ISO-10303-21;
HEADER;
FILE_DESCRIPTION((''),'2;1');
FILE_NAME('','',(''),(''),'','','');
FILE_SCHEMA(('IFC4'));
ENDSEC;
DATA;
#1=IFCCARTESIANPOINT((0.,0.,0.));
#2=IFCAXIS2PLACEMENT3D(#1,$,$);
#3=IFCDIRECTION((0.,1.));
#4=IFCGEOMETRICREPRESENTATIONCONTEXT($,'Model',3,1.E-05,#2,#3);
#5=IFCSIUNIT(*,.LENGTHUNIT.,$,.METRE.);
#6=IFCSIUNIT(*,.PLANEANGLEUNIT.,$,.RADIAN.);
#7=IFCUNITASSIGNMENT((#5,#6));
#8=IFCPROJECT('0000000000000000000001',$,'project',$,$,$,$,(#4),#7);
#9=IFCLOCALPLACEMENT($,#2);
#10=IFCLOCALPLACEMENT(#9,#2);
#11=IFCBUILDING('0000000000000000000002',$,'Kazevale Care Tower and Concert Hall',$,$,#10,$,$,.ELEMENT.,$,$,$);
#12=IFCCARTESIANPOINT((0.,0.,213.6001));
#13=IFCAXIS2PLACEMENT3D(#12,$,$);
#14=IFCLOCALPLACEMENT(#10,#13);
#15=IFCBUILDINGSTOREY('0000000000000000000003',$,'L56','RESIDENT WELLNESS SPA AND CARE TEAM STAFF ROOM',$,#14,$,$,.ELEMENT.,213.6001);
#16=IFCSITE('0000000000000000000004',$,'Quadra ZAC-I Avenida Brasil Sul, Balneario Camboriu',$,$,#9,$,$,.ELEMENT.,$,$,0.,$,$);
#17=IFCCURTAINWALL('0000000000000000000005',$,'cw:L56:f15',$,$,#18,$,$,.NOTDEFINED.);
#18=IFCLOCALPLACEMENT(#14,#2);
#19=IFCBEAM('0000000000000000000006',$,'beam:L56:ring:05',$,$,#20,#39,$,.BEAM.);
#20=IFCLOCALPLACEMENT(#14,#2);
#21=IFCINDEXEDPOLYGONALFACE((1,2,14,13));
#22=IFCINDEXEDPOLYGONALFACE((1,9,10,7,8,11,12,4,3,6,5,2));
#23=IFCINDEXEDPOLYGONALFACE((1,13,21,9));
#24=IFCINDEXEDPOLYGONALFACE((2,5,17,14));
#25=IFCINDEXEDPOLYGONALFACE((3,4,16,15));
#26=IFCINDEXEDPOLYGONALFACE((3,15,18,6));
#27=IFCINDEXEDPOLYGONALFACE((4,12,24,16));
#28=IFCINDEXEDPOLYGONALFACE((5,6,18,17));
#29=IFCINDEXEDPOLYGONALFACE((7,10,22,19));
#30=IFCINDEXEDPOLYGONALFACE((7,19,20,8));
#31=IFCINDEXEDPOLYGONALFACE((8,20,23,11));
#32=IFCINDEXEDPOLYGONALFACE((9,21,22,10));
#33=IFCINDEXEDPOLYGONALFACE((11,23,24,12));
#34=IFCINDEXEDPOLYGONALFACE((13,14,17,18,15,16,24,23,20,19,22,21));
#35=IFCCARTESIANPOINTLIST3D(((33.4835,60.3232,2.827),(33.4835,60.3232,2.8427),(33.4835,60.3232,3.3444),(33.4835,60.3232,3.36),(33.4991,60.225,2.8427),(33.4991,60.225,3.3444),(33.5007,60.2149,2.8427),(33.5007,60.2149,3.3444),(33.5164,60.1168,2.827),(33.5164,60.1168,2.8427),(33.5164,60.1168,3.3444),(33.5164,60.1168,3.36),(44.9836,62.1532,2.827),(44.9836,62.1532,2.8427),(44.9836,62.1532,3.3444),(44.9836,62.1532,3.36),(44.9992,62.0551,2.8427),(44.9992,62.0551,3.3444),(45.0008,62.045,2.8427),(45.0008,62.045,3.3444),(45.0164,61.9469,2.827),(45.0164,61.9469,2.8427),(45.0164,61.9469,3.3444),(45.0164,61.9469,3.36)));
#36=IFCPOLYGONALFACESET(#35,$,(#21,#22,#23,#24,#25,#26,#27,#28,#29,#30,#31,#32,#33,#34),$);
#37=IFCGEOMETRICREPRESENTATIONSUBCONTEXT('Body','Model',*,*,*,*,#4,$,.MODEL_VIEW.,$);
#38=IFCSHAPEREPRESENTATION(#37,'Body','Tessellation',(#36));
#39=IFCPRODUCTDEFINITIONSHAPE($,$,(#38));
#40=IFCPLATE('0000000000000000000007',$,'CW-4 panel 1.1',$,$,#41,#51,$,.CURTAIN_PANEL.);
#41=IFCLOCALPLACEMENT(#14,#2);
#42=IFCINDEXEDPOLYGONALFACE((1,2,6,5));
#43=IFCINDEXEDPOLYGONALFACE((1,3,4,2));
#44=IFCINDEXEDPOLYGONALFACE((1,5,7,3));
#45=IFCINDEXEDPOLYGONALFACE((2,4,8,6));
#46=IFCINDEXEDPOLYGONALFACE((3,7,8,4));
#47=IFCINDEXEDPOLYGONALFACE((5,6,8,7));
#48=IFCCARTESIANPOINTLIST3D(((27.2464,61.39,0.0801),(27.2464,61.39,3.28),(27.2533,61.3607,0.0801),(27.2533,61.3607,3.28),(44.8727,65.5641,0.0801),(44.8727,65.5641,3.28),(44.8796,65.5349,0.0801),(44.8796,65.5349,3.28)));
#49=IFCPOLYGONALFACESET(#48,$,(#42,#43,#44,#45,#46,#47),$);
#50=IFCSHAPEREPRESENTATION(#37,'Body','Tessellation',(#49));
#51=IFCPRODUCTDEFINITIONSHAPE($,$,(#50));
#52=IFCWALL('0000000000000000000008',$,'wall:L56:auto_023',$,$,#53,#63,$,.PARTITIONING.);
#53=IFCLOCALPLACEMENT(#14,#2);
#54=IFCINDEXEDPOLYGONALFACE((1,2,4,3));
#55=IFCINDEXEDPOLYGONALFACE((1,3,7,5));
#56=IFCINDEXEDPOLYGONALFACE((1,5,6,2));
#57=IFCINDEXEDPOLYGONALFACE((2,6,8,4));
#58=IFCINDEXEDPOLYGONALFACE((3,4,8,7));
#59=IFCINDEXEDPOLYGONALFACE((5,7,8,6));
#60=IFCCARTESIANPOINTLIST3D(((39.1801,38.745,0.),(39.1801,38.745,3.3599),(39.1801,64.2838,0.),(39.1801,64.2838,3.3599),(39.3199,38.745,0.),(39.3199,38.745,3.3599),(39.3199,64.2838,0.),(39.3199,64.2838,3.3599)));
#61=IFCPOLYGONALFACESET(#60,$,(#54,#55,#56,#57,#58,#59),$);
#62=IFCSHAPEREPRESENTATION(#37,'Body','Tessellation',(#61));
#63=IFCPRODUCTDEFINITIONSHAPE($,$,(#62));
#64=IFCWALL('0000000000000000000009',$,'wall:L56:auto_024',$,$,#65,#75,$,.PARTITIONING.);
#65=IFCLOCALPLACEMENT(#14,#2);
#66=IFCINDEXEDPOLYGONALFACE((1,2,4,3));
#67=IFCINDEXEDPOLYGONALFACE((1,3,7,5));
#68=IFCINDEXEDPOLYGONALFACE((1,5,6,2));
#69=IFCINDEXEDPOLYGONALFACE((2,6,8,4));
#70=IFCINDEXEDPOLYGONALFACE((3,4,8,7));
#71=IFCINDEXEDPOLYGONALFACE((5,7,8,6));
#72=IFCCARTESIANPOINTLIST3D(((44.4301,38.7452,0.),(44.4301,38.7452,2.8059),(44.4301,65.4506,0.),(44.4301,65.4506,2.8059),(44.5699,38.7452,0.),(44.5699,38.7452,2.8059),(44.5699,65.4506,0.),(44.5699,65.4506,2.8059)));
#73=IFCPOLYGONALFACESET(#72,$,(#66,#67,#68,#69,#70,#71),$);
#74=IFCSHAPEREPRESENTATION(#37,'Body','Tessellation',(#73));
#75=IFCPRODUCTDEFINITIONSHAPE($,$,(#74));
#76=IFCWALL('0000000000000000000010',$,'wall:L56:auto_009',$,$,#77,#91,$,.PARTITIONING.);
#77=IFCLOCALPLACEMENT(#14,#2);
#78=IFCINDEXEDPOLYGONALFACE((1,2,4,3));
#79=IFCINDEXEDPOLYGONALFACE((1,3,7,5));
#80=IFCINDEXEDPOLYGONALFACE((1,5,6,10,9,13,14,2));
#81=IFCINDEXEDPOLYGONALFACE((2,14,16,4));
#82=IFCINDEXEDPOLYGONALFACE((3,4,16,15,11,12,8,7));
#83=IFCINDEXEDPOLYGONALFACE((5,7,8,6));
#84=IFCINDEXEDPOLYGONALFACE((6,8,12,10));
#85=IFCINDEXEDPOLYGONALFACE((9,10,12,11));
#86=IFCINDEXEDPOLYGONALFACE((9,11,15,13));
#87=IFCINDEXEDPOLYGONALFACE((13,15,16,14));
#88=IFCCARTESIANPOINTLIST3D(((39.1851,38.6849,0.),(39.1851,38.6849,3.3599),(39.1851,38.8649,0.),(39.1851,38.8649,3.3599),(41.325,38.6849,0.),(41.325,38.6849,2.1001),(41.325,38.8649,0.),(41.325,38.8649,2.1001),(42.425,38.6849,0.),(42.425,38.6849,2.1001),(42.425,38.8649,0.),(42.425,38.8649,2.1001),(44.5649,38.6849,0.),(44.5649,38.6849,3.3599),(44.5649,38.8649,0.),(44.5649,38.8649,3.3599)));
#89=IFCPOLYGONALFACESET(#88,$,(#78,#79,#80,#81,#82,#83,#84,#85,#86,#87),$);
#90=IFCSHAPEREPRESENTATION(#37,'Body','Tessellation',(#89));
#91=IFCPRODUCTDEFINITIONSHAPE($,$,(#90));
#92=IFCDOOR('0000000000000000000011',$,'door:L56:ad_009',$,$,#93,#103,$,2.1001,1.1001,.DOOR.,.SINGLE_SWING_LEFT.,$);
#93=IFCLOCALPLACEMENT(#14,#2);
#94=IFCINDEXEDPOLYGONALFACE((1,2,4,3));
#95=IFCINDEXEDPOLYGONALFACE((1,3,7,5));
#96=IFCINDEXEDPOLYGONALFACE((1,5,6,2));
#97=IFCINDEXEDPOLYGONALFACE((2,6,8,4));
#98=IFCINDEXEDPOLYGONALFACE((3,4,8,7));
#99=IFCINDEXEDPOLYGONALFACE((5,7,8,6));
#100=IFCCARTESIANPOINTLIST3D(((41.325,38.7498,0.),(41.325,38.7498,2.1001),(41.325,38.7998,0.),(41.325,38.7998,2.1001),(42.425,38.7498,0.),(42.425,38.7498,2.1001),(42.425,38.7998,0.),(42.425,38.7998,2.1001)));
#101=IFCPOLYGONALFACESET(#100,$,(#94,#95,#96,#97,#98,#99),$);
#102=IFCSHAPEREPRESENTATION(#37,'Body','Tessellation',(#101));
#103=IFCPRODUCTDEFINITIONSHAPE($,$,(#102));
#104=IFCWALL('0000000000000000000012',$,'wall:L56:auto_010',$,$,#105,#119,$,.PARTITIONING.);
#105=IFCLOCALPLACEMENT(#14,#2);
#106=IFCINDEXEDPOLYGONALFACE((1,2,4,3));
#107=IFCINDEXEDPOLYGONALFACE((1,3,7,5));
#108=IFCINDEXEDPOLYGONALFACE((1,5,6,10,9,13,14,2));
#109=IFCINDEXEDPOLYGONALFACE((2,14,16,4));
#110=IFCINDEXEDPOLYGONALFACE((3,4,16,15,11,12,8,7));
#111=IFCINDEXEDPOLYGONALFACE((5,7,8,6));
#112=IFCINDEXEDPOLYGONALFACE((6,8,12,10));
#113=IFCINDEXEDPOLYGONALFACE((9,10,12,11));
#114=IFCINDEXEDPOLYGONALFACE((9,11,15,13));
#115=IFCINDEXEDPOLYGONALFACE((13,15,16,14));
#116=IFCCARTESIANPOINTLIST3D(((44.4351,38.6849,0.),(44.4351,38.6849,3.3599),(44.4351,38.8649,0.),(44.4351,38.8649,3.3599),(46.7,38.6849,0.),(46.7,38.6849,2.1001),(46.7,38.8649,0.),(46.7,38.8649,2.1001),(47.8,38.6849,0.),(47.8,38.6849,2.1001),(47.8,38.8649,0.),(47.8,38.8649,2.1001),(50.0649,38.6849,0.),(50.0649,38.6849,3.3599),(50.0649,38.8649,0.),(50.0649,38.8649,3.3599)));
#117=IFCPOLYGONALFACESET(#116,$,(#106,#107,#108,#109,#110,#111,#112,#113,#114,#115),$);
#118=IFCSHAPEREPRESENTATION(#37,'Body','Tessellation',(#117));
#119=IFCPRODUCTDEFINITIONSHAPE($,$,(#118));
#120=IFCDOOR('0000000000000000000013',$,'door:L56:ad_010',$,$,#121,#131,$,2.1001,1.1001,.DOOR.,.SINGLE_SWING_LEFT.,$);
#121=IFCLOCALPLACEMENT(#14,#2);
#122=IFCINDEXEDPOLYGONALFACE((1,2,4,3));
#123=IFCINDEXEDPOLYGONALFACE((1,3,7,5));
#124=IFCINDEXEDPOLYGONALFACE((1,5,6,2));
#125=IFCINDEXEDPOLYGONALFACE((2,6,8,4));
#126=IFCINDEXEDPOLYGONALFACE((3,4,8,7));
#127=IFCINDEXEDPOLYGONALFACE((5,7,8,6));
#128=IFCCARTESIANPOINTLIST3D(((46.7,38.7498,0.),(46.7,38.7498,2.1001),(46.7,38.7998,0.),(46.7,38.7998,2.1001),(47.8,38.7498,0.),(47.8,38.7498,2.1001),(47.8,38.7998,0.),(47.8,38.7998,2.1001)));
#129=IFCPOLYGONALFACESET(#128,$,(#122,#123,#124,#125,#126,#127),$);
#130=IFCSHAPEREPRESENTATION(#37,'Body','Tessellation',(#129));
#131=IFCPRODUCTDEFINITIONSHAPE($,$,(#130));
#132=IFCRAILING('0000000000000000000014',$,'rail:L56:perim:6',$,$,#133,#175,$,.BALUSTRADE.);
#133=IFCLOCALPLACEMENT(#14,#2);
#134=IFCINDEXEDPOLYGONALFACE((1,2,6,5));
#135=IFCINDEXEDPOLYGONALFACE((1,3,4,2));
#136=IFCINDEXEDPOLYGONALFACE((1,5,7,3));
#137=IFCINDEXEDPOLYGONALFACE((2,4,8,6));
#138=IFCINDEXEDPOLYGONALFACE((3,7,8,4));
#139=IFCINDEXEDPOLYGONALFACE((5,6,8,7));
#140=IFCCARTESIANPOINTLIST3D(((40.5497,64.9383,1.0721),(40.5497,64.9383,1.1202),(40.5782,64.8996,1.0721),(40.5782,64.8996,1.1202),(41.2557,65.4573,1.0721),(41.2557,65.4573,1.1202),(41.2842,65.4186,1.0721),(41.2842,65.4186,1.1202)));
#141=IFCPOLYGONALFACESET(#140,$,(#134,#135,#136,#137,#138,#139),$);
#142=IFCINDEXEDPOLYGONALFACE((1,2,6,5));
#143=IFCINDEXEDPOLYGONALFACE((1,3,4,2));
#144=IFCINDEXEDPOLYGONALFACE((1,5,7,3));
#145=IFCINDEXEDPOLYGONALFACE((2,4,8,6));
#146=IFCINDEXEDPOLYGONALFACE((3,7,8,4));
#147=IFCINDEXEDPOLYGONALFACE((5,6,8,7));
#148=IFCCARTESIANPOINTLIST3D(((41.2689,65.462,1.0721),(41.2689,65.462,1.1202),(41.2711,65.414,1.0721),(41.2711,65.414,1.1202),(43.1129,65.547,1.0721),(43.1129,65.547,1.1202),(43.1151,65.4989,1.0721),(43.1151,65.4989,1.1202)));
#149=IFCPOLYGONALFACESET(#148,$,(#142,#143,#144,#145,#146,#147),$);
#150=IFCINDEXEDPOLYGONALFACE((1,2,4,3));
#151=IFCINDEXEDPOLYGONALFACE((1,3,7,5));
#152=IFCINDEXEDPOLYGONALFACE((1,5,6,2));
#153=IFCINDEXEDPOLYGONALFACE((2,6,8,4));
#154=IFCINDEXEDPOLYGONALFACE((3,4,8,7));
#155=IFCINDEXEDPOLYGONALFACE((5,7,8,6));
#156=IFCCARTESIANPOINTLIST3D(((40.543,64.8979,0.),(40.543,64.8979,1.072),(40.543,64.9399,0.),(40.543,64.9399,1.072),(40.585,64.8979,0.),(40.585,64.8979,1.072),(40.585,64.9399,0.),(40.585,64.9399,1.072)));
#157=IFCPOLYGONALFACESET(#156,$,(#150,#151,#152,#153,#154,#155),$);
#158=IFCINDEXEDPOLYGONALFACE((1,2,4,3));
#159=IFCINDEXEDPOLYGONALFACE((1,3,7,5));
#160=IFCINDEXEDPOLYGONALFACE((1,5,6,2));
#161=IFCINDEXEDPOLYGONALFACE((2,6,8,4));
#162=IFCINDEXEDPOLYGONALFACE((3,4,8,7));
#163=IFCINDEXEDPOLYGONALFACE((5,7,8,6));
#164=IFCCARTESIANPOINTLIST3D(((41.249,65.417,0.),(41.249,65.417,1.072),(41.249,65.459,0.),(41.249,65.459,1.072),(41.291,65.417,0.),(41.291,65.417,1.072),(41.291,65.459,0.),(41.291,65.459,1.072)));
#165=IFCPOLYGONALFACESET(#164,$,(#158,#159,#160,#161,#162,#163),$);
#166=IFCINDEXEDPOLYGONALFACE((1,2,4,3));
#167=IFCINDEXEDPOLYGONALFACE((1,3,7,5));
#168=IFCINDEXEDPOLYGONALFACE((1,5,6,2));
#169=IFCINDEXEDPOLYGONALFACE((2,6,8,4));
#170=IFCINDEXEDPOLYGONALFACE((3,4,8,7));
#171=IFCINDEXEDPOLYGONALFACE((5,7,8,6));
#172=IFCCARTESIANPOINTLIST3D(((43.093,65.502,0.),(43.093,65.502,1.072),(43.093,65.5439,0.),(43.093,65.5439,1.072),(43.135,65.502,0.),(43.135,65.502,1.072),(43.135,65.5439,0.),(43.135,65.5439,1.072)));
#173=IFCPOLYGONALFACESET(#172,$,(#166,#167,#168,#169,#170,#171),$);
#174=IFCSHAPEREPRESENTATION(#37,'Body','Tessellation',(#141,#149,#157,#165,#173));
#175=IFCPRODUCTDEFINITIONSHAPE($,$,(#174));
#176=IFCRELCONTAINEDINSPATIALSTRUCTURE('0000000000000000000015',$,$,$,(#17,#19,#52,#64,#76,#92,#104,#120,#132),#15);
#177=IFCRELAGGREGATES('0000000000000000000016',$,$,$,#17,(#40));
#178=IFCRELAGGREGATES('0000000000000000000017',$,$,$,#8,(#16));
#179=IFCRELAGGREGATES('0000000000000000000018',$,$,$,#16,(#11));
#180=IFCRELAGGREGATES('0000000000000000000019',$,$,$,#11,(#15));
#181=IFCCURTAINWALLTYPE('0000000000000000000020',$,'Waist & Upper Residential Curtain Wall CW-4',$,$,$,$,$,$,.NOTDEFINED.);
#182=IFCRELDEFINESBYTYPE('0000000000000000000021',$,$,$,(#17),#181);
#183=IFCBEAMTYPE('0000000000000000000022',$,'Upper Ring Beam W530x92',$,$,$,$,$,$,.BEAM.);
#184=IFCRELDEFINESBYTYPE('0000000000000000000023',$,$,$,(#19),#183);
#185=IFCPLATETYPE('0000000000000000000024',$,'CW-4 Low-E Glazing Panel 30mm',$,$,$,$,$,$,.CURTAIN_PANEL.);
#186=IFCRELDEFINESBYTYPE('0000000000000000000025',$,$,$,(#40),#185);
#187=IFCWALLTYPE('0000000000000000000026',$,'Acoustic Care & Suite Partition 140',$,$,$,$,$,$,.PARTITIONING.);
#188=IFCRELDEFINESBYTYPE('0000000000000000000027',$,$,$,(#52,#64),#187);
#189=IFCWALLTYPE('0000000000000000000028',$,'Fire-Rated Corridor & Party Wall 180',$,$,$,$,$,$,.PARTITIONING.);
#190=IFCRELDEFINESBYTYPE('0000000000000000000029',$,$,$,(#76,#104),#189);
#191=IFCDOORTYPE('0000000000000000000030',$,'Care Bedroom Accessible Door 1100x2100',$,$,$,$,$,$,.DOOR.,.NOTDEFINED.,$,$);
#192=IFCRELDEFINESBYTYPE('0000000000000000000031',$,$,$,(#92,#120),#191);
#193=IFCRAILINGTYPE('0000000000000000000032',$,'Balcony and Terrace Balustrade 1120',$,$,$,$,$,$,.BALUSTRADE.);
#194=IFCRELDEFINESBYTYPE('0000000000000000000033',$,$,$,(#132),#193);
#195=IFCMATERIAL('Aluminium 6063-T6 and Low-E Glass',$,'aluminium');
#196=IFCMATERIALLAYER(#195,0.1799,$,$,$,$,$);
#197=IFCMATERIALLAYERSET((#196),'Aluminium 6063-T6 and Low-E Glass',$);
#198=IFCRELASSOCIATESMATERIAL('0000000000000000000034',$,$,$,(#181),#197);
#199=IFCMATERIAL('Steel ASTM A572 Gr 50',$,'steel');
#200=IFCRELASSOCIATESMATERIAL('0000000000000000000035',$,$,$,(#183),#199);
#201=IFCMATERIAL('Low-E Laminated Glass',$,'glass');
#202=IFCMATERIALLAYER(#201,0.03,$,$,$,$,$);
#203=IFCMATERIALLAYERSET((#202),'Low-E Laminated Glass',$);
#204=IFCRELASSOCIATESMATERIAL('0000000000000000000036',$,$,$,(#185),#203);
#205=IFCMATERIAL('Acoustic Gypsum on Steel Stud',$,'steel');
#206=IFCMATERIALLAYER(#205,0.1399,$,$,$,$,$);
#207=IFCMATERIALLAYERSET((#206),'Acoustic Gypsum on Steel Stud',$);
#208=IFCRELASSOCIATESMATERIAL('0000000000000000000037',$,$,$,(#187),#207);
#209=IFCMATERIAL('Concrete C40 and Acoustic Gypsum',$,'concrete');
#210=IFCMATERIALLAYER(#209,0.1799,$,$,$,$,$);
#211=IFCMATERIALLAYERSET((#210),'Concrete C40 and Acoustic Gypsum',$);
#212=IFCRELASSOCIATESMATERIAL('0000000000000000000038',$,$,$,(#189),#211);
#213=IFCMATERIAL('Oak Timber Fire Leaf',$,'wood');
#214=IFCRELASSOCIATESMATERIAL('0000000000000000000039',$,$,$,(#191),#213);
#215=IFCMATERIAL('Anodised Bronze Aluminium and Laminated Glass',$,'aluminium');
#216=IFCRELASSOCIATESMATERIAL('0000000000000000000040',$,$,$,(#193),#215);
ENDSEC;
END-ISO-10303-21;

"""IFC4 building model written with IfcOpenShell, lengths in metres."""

from ifc_helpers import new_model, si_unit, direction, frame, frame_2d, origin, origin_2d, place, context, subcontext, project, spatial, rectangle, i_section, extrude, material, layer, layer_set, material_profile, profile_set, type_object, element, fill, aggregate, save


model = new_model("IFC4")

# Units and contexts
model_context = context("Model", 3, precision=1e-05, world=origin(), true_north=direction((0.0, 1.0)))
body_context = subcontext(model_context, "Body", "Model", "MODEL_VIEW")
ifc_project = project(units=[si_unit("LENGTHUNIT", "METRE"), si_unit("PLANEANGLEUNIT", "RADIAN")], contexts=[model_context])

# Site, building, storey
site_placement = place(None, origin())
site = spatial("IfcSite", under=ifc_project, at=site_placement, Name="Quadra ZAC-I Avenida Brasil Sul, Balneario Camboriu", CompositionType="ELEMENT", RefElevation=0.0)
building_placement = place(site_placement, origin())
building = spatial("IfcBuilding", under=site, at=building_placement, Name="Kazevale Care Tower and Concert Hall", CompositionType="ELEMENT")
storey_placement = place(building_placement, frame((0.0, 0.0, 213.6001)))
storey = spatial("IfcBuildingStorey", under=building, at=storey_placement, Name="L56", Description="RESIDENT WELLNESS SPA AND CARE TEAM STAFF ROOM", CompositionType="ELEMENT", Elevation=213.6001)

# Shared definitions
ifc_material_1 = material(Name="Aluminium 6063-T6 and Low-E Glass", Category="aluminium")

# Curtain wall
ifc_layer_1 = layer(ifc_material_1, 0.1799)
ifc_layer_set_1 = layer_set([ifc_layer_1], Name="Aluminium 6063-T6 and Low-E Glass")
curtain_wall_type_1 = type_object("IfcCurtainWallType", Name="Waist & Upper Residential Curtain Wall CW-4", PredefinedType="NOTDEFINED", material=ifc_layer_set_1)
curtain_wall_1_placement = place(storey_placement, origin())
curtain_wall_1 = element("IfcCurtainWall", 1, at=curtain_wall_1_placement, inside=storey, type_object=curtain_wall_type_1, Name="cw:L56:f15", PredefinedType="NOTDEFINED")

# Beam
ifc_material_2 = material(Name="Steel ASTM A572 Gr 50", Category="steel")
ifc_material_profile_1 = material_profile(ifc_material_2, i_section(OverallWidth=0.209, OverallDepth=0.533, WebThickness=0.0103, FlangeThickness=0.0156, at=origin_2d()), Name="W530x92")
ifc_profile_set_1 = profile_set([ifc_material_profile_1], Name="Steel ASTM A572 Gr 50")
beam_type_1 = type_object("IfcBeamType", Name="Upper Ring Beam W530x92", PredefinedType="BEAM", material=ifc_profile_set_1)
beam_1_placement = place(storey_placement, frame((45.0, 62.05, 3.0935), z_axis=(-0.987573, -0.15716, 0.0), x_axis=(0.15716, -0.987573, 0.0)))
element("IfcBeam", 2, at=beam_1_placement, inside=storey, type_object=beam_type_1, Name="beam:L56:ring:05", PredefinedType="BEAM", context=body_context, shape_type="SweptSolid", body=[
    extrude(i_section(OverallWidth=0.209, OverallDepth=0.533, WebThickness=0.0103, FlangeThickness=0.0156, at=origin_2d()), origin(), (0.0, 0.0, 1.0), 11.6448),
])

# Plate
ifc_material_3 = material(Name="Low-E Laminated Glass", Category="glass")
ifc_layer_2 = layer(ifc_material_3, 0.03)
ifc_layer_set_2 = layer_set([ifc_layer_2], Name="Low-E Laminated Glass")
plate_type = type_object("IfcPlateType", Name="CW-4 Low-E Glazing Panel 30mm", PredefinedType="CURTAIN_PANEL", material=ifc_layer_set_2)
plate_placement = place(storey_placement, frame((36.063, 63.4624, 0.0801), z_axis=(0.0, 0.0, 1.0), x_axis=(0.973087, 0.230439, 0.0)))
plate = element("IfcPlate", 3, at=plate_placement, type_object=plate_type, Name="CW-4 panel 1.1", PredefinedType="CURTAIN_PANEL", context=body_context, shape_type="SweptSolid", body=[
    extrude(rectangle(XDim=18.1138, YDim=0.03, at=origin_2d()), origin(), (0.0, 0.0, 1.0), 3.2),
])
aggregate(curtain_wall_1, [plate])

# Walls
ifc_material_4 = material(Name="Acoustic Gypsum on Steel Stud", Category="steel")
ifc_layer_3 = layer(ifc_material_4, 0.1399)
ifc_layer_set_3 = layer_set([ifc_layer_3], Name="Acoustic Gypsum on Steel Stud")
wall_type_1 = type_object("IfcWallType", Name="Acoustic Care & Suite Partition 140", PredefinedType="PARTITIONING", material=ifc_layer_set_3)
wall_1_placement = place(storey_placement, frame((39.25, 64.2839, 0.0), z_axis=(0.0, 0.0, 1.0), x_axis=(0.0, -1.0, 0.0)))
element("IfcWall", 4, at=wall_1_placement, inside=storey, type_object=wall_type_1, Name="wall:L56:auto_023", PredefinedType="PARTITIONING", context=body_context, shape_type="SweptSolid", body=[
    extrude(rectangle(XDim=25.5388, YDim=0.1399, at=frame_2d((12.7695, 0.0))), origin(), (0.0, 0.0, 1.0), 3.3599),
])
wall_2_placement = place(storey_placement, frame((44.5, 65.4504, 0.0), z_axis=(0.0, 0.0, 1.0), x_axis=(0.0, -1.0, 0.0)))
element("IfcWall", 5, at=wall_2_placement, inside=storey, type_object=wall_type_1, Name="wall:L56:auto_024", PredefinedType="PARTITIONING", context=body_context, shape_type="SweptSolid", body=[
    extrude(rectangle(XDim=26.7053, YDim=0.1399, at=frame_2d((13.3525, 0.0))), origin(), (0.0, 0.0, 1.0), 2.8059),
])

# Walls, openings, doors
ifc_material_5 = material(Name="Concrete C40 and Acoustic Gypsum", Category="concrete")
ifc_layer_4 = layer(ifc_material_5, 0.1799)
ifc_layer_set_4 = layer_set([ifc_layer_4], Name="Concrete C40 and Acoustic Gypsum")
wall_type_2 = type_object("IfcWallType", Name="Fire-Rated Corridor & Party Wall 180", PredefinedType="PARTITIONING", material=ifc_layer_set_4)
wall_3_placement = place(storey_placement, frame((39.1851, 38.7749, 0.0), z_axis=(0.0, 0.0, 1.0), x_axis=(1.0, 0.0, 0.0)))
wall_3 = element("IfcWall", 6, at=wall_3_placement, inside=storey, type_object=wall_type_2, Name="wall:L56:auto_009", PredefinedType="PARTITIONING", context=body_context, shape_type="SweptSolid", body=[
    extrude(rectangle(XDim=5.3799, YDim=0.1799, at=frame_2d((2.6899, 0.0))), origin(), (0.0, 0.0, 1.0), 3.3599),
])
opening_1_placement = place(wall_3_placement, frame((2.1399, 0.0, 0.0)))
opening_1 = element("IfcOpeningElement", 7, at=opening_1_placement, cuts=wall_3, PredefinedType="OPENING", context=body_context, shape_type="SweptSolid", body=[
    extrude(rectangle(XDim=1.1001, YDim=2.1001, at=frame_2d((0.55, 1.05))), frame((0.0, 0.0999, 0.0), z_axis=(0.0, -1.0, 0.0), x_axis=(1.0, 0.0, 0.0)), (0.0, 0.0, 1.0), 0.2),
])
ifc_material_6 = material(Name="Oak Timber Fire Leaf", Category="wood")
door_type = type_object("IfcDoorType", Name="Care Bedroom Accessible Door 1100x2100", OperationType="NOTDEFINED", PredefinedType="DOOR", material=ifc_material_6)
door_1_placement = place(opening_1_placement, origin())
door_1 = element("IfcDoor", 8, at=door_1_placement, inside=storey, type_object=door_type, Name="door:L56:ad_009", OperationType="SINGLE_SWING_LEFT", OverallHeight=2.1001, OverallWidth=1.1001, PredefinedType="DOOR", context=body_context, shape_type="SweptSolid", body=[
    extrude(rectangle(XDim=1.1001, YDim=2.1001, at=frame_2d((0.55, 1.05))), frame((0.0, 0.0249, 0.0), z_axis=(0.0, -1.0, 0.0), x_axis=(1.0, 0.0, 0.0)), (0.0, 0.0, 1.0), 0.05),
])
fill(opening_1, door_1)
wall_4_placement = place(storey_placement, frame((44.4351, 38.7749, 0.0), z_axis=(0.0, 0.0, 1.0), x_axis=(1.0, 0.0, 0.0)))
wall_4 = element("IfcWall", 9, at=wall_4_placement, inside=storey, type_object=wall_type_2, Name="wall:L56:auto_010", PredefinedType="PARTITIONING", context=body_context, shape_type="SweptSolid", body=[
    extrude(rectangle(XDim=5.6299, YDim=0.1799, at=frame_2d((2.8149, 0.0))), origin(), (0.0, 0.0, 1.0), 3.3599),
])
opening_2_placement = place(wall_4_placement, frame((2.2649, 0.0, 0.0)))
opening_2 = element("IfcOpeningElement", 10, at=opening_2_placement, cuts=wall_4, PredefinedType="OPENING", context=body_context, shape_type="SweptSolid", body=[
    extrude(rectangle(XDim=1.1001, YDim=2.1001, at=frame_2d((0.55, 1.05))), frame((0.0, 0.0999, 0.0), z_axis=(0.0, -1.0, 0.0), x_axis=(1.0, 0.0, 0.0)), (0.0, 0.0, 1.0), 0.2),
])
door_2_placement = place(opening_2_placement, origin())
door_2 = element("IfcDoor", 11, at=door_2_placement, inside=storey, type_object=door_type, Name="door:L56:ad_010", OperationType="SINGLE_SWING_LEFT", OverallHeight=2.1001, OverallWidth=1.1001, PredefinedType="DOOR", context=body_context, shape_type="SweptSolid", body=[
    extrude(rectangle(XDim=1.1001, YDim=2.1001, at=frame_2d((0.55, 1.05))), frame((0.0, 0.0249, 0.0), z_axis=(0.0, -1.0, 0.0), x_axis=(1.0, 0.0, 0.0)), (0.0, 0.0, 1.0), 0.05),
])
fill(opening_2, door_2)

# Railing
ifc_material_7 = material(Name="Anodised Bronze Aluminium and Laminated Glass", Category="aluminium")
railing_type = type_object("IfcRailingType", Name="Balcony and Terrace Balustrade 1120", PredefinedType="BALUSTRADE", material=ifc_material_7)
railing_placement = place(storey_placement, frame((40.564, 64.9189, 0.0)))
element("IfcRailing", 12, at=railing_placement, inside=storey, type_object=railing_type, Name="rail:L56:perim:6", PredefinedType="BALUSTRADE", context=body_context, shape_type="SweptSolid", body=[
    extrude(rectangle(XDim=0.0481, YDim=0.0481, at=origin_2d()), frame((0.0, 0.0, 1.0962), z_axis=(0.805714, 0.592305, 0.0), x_axis=(-0.592305, 0.805714, 0.0)), (0.0, 0.0, 1.0), 0.8762),
    extrude(rectangle(XDim=0.0481, YDim=0.0481, at=origin_2d()), frame((0.7061, 0.519, 1.0962), z_axis=(0.99894, 0.046026, 0.0), x_axis=(-0.046026, 0.99894, 0.0)), (0.0, 0.0, 1.0), 1.8459),
    extrude(rectangle(XDim=0.042, YDim=0.042, at=origin_2d()), origin(), (0.0, 0.0, 1.0), 1.072),
    extrude(rectangle(XDim=0.042, YDim=0.042, at=origin_2d()), frame((0.7061, 0.519, 0.0)), (0.0, 0.0, 1.0), 1.072),
    extrude(rectangle(XDim=0.042, YDim=0.042, at=origin_2d()), frame((2.55, 0.604, 0.0)), (0.0, 0.0, 1.0), 1.072),
])

save(model, "model.ifc")
